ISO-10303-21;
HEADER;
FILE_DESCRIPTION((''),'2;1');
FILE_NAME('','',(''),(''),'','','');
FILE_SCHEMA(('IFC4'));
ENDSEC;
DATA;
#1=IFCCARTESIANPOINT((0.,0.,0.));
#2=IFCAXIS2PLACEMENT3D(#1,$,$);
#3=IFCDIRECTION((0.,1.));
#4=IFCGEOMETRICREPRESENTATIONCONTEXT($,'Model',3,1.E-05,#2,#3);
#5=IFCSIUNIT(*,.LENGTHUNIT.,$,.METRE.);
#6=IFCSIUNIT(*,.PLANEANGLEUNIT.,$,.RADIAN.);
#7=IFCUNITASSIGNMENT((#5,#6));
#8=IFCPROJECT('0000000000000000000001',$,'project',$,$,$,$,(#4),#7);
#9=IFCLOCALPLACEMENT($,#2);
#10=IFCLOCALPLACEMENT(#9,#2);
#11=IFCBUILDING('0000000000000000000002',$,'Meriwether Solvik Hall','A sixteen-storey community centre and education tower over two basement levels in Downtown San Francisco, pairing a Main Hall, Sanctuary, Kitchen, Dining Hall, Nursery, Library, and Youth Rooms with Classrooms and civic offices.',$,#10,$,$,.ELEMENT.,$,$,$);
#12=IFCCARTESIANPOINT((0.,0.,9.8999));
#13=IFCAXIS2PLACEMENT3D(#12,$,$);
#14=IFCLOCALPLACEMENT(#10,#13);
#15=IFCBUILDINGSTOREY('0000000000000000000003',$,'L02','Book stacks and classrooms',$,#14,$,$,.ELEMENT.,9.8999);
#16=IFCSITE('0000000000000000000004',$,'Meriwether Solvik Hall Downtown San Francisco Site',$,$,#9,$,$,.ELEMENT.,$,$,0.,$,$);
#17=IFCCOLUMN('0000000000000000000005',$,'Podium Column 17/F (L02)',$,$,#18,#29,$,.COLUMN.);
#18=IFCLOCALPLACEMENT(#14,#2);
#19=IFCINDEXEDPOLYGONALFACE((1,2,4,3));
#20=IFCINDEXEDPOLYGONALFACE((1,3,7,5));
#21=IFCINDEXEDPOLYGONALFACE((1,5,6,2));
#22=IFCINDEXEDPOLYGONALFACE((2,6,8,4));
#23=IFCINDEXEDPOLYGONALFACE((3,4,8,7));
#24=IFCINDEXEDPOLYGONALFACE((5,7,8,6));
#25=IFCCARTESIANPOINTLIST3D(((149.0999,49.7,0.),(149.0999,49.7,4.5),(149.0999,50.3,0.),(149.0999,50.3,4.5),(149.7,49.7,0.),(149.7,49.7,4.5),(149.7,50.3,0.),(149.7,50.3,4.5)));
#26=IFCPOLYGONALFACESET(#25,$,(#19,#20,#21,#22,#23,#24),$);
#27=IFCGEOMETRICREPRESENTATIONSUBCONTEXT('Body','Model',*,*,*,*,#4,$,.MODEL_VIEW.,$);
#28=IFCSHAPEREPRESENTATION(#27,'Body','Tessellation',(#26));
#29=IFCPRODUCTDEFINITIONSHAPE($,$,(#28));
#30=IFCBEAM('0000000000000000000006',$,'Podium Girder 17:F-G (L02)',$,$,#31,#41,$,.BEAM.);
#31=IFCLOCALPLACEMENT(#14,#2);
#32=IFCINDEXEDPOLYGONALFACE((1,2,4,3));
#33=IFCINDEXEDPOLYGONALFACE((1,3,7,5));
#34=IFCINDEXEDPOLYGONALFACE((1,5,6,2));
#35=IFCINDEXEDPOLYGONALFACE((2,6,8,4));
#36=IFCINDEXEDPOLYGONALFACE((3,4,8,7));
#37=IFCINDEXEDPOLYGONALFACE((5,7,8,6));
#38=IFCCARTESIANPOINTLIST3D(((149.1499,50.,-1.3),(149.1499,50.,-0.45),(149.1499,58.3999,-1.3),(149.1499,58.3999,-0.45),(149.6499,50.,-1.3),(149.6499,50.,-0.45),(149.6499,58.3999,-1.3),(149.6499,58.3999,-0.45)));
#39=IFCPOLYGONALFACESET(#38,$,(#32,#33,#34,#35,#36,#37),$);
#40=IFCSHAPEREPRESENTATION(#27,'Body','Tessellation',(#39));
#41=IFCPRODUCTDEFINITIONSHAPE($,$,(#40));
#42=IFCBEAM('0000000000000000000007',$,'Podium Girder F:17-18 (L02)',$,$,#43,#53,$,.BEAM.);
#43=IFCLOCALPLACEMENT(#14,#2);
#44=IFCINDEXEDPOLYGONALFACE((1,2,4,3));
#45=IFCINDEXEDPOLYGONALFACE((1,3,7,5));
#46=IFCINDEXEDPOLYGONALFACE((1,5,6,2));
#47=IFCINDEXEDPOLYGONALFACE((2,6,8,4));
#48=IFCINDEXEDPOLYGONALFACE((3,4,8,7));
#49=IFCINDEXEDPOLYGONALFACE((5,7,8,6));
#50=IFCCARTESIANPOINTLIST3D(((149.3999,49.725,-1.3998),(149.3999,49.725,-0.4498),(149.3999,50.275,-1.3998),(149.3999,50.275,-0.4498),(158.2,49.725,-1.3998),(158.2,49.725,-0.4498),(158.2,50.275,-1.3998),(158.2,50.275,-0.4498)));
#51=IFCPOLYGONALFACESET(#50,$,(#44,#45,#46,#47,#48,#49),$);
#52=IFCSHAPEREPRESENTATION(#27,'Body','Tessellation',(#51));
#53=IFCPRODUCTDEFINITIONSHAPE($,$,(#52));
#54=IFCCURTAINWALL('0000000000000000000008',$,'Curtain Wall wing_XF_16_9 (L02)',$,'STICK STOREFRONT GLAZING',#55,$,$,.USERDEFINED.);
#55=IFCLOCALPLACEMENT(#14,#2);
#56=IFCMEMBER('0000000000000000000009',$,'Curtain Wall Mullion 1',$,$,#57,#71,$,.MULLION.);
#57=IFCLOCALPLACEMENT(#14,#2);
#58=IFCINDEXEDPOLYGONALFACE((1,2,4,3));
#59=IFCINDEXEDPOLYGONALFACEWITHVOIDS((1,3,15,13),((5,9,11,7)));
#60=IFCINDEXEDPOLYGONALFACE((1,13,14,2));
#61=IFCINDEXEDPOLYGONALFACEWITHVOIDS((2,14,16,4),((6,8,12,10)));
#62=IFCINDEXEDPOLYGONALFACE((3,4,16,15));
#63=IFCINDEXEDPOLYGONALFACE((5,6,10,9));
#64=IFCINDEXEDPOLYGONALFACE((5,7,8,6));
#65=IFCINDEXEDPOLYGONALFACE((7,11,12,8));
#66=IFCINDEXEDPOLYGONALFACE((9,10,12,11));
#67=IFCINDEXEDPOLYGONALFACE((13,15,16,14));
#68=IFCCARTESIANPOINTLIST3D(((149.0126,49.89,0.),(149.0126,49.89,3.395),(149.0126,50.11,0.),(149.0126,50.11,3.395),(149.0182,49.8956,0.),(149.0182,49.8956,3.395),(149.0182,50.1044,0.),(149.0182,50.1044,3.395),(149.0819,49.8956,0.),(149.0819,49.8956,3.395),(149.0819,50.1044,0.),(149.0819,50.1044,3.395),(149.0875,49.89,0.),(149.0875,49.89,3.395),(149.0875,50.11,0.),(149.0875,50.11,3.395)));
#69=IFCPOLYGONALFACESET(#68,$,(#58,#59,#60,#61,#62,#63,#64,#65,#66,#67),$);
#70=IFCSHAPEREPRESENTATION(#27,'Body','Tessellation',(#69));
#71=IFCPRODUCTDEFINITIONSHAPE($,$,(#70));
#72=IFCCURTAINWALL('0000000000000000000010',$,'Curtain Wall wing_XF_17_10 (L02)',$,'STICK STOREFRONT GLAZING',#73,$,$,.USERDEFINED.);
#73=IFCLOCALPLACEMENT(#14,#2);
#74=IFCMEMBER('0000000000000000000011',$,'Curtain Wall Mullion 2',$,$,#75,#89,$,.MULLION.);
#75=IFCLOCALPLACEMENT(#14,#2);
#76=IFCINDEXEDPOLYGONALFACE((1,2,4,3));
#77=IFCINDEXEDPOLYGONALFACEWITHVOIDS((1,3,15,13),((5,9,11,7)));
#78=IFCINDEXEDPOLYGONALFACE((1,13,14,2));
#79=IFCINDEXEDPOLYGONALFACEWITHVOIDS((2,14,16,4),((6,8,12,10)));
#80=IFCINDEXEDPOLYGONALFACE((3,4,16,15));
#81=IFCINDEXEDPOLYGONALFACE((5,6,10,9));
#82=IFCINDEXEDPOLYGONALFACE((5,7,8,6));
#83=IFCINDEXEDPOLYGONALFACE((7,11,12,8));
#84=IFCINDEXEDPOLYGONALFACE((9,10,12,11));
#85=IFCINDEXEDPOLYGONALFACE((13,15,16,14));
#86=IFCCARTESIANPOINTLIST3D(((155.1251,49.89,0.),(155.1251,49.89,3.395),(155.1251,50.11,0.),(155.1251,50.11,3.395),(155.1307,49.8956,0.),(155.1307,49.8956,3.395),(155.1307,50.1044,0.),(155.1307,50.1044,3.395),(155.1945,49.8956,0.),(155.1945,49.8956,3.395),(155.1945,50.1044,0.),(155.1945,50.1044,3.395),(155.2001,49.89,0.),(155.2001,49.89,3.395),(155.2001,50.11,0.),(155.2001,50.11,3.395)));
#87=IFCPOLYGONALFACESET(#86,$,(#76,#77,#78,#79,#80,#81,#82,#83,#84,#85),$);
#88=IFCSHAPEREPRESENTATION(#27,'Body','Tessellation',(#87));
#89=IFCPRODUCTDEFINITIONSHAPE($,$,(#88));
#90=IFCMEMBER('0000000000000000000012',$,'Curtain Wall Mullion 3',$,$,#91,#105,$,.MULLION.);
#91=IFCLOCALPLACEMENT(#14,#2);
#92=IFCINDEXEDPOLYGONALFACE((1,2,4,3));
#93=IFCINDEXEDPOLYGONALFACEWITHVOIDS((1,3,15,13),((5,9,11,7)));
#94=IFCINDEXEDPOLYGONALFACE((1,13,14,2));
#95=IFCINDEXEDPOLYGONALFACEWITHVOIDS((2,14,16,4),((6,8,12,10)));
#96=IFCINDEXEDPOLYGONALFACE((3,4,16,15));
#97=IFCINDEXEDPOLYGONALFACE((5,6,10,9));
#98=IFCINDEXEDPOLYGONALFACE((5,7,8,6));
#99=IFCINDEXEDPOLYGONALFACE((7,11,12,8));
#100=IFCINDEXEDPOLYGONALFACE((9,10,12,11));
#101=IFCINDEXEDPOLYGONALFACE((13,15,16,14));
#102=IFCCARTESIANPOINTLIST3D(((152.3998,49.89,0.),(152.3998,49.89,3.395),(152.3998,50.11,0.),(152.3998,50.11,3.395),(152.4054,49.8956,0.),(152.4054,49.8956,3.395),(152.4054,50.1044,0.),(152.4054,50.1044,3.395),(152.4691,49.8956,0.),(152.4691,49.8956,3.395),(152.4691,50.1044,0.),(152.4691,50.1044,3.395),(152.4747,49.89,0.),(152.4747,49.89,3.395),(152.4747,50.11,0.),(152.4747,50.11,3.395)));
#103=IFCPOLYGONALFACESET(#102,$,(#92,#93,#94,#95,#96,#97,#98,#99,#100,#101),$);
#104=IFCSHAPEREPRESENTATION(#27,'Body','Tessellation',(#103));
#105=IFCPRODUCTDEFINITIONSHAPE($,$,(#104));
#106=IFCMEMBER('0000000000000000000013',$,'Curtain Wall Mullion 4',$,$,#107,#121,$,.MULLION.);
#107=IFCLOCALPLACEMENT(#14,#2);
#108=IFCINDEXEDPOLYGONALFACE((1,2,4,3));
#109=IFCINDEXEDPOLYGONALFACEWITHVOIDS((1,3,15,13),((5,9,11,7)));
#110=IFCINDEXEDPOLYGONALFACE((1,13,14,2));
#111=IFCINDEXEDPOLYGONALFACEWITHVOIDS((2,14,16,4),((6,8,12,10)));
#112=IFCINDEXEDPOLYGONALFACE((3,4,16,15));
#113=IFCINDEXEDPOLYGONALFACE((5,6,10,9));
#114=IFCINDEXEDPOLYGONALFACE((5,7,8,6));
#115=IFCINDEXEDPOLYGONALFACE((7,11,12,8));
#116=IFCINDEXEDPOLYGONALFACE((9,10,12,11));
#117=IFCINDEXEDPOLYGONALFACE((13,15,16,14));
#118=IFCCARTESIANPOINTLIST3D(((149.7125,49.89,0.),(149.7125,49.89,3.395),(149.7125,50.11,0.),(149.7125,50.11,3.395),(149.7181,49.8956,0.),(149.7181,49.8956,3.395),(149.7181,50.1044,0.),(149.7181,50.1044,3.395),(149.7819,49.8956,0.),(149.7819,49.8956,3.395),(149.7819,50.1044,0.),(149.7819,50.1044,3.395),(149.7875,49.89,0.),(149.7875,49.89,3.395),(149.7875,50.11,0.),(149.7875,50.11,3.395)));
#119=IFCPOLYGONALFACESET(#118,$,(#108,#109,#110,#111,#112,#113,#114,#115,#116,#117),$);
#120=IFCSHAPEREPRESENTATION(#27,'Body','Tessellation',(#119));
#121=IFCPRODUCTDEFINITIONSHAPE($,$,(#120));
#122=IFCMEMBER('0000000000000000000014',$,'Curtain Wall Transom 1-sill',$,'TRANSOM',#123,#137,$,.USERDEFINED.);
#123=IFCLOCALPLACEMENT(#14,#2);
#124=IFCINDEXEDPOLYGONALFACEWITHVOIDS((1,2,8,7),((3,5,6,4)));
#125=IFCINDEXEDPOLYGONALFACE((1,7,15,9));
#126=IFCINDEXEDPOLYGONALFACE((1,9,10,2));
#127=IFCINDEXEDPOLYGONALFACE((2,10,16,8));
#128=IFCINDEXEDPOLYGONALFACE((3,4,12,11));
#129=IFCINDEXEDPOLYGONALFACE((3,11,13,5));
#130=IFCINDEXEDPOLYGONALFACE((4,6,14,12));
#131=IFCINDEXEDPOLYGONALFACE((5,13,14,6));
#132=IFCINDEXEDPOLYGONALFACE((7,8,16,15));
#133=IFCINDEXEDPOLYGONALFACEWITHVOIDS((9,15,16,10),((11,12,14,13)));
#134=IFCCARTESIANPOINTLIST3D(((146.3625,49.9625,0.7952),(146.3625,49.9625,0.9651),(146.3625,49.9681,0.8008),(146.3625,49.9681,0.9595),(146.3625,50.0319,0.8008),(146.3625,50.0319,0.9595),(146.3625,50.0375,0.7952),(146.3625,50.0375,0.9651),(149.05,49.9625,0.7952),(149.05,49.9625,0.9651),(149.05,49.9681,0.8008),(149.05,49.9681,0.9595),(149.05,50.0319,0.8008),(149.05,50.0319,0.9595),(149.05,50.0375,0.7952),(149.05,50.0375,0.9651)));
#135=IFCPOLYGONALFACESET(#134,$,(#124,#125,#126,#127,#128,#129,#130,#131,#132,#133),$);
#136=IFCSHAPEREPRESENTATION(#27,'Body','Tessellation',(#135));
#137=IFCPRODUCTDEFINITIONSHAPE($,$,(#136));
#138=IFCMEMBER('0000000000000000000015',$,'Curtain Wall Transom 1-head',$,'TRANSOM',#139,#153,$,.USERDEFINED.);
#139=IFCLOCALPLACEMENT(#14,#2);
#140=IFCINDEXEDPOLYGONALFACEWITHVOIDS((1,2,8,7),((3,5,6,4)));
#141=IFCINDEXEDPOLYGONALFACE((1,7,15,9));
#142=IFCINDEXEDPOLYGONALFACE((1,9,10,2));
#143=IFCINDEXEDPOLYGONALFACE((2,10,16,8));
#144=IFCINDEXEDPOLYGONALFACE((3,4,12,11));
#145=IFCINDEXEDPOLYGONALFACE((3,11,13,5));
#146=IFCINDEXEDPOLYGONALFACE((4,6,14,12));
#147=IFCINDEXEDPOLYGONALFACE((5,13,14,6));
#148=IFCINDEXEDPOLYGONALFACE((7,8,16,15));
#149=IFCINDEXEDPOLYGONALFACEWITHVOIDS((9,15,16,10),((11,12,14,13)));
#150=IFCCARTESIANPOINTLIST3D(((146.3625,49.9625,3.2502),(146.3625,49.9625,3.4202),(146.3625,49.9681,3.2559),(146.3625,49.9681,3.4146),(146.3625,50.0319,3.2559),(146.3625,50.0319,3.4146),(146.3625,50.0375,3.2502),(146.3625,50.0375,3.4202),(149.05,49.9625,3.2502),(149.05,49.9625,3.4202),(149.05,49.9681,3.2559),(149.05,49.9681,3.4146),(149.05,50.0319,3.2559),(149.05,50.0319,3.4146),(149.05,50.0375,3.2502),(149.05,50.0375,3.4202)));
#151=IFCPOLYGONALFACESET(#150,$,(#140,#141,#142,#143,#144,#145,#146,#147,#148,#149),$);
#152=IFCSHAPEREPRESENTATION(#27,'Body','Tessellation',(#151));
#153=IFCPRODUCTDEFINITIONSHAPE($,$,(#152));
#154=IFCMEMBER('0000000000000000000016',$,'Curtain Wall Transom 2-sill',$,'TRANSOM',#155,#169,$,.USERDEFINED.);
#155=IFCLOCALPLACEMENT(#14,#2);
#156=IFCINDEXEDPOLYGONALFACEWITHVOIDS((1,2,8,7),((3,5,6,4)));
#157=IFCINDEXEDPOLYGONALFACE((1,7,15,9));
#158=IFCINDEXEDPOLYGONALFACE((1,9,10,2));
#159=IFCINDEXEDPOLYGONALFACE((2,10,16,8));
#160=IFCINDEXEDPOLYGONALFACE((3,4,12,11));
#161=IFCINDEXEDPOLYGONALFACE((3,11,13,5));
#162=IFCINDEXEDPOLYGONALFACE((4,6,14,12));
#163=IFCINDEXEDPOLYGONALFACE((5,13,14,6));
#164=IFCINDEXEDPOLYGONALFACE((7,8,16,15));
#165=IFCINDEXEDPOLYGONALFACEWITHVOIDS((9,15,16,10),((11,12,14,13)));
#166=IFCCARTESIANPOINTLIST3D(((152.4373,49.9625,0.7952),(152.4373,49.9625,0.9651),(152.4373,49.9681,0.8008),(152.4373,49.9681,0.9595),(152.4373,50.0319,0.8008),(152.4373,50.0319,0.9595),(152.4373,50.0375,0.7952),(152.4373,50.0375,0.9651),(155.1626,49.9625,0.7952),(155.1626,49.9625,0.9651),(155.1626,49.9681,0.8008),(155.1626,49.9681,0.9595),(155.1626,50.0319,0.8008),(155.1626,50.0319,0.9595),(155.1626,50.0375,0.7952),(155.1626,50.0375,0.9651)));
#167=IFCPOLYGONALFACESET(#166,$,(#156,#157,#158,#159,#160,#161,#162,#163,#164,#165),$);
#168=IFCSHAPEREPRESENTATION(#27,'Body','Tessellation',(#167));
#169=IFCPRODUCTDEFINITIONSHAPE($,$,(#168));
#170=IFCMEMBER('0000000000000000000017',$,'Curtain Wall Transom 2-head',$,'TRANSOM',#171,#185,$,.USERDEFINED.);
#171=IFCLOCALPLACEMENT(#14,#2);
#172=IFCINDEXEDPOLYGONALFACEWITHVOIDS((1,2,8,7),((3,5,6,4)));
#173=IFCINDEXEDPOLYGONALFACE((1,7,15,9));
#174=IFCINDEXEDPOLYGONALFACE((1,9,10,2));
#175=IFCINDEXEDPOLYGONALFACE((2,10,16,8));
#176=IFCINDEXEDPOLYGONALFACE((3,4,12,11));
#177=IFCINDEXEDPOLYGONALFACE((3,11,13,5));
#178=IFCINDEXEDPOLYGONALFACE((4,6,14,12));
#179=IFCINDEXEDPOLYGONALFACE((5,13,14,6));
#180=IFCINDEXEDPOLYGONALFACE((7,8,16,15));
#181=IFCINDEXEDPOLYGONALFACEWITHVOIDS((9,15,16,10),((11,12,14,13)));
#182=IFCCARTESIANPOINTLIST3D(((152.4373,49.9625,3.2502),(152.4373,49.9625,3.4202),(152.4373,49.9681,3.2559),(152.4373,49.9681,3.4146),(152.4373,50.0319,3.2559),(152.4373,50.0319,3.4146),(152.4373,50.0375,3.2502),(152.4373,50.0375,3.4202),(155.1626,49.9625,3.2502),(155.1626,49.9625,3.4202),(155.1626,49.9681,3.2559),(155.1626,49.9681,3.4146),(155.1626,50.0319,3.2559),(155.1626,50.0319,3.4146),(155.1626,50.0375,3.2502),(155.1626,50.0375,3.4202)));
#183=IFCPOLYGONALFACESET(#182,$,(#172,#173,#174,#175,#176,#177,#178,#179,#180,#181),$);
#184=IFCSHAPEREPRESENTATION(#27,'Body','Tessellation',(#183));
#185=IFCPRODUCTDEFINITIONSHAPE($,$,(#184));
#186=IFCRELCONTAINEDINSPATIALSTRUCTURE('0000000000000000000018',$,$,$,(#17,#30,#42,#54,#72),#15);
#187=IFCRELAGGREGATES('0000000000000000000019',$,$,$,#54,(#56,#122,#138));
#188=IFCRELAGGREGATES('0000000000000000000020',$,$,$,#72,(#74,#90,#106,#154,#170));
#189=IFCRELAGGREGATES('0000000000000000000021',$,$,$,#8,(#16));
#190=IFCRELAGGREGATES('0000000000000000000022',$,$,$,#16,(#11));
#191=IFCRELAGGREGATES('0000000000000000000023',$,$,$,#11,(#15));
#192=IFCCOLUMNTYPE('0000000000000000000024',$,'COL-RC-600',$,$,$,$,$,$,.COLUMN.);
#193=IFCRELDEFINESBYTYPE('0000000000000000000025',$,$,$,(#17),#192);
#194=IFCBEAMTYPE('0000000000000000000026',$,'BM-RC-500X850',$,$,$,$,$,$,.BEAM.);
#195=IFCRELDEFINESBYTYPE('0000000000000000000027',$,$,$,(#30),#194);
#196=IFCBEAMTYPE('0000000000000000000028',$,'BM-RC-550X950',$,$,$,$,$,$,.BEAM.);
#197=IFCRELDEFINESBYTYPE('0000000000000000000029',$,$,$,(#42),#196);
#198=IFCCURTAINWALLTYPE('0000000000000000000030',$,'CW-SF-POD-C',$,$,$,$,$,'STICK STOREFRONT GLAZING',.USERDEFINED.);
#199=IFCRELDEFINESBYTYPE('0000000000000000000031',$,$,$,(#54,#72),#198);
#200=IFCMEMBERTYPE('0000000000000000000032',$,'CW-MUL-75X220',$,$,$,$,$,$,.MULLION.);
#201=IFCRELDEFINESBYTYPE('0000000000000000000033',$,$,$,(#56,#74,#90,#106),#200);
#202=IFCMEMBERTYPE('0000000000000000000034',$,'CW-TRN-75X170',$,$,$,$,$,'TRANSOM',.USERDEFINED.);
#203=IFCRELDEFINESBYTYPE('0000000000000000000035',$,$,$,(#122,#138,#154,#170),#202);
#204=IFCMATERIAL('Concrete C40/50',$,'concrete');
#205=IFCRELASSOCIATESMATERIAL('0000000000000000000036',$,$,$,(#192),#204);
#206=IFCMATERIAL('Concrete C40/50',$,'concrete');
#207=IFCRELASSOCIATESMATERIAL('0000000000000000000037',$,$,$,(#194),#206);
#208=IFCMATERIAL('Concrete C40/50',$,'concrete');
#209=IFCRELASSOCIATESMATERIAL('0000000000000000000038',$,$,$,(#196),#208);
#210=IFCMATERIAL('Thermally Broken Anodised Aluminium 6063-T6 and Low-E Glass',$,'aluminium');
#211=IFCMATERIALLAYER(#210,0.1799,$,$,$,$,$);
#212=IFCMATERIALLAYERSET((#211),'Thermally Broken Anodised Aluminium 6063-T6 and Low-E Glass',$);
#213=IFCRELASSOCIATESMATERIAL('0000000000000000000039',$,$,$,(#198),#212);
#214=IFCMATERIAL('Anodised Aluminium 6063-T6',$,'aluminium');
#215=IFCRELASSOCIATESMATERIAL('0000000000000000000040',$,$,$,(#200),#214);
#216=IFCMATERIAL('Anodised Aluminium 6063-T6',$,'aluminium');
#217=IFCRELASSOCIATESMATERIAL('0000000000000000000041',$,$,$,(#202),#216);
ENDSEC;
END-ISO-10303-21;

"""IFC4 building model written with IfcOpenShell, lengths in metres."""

from ifc_helpers import new_model, si_unit, direction, frame, origin, origin_2d, place, context, subcontext, project, spatial, rectangle, hollow_rectangle, extrude, material, layer, layer_set, material_profile, profile_set, type_object, element, aggregate, save


model = new_model("IFC4")

# Units and contexts
model_context = context("Model", 3, precision=1e-05, world=origin(), true_north=direction((0.0, 1.0)))
body_context = subcontext(model_context, "Body", "Model", "MODEL_VIEW")
ifc_project = project(units=[si_unit("LENGTHUNIT", "METRE"), si_unit("PLANEANGLEUNIT", "RADIAN")], contexts=[model_context])

# Site, building, storey
site_placement = place(None, origin())
site = spatial("IfcSite", under=ifc_project, at=site_placement, Name="Meriwether Solvik Hall Downtown San Francisco Site", CompositionType="ELEMENT", RefElevation=0.0)
building_placement = place(site_placement, origin())
building = spatial("IfcBuilding", under=site, at=building_placement, Name="Meriwether Solvik Hall", Description="A sixteen-storey community centre and education tower over two basement levels in Downtown San Francisco, pairing a Main Hall, Sanctuary, Kitchen, Dining Hall, Nursery, Library, and Youth Rooms with Classrooms and civic offices.", CompositionType="ELEMENT")
storey_placement = place(building_placement, frame((0.0, 0.0, 9.8999)))
storey = spatial("IfcBuildingStorey", under=building, at=storey_placement, Name="L02", Description="Book stacks and classrooms", CompositionType="ELEMENT", Elevation=9.8999)

# Column
ifc_material_1 = material(Name="Concrete C40/50", Category="concrete")
ifc_material_profile_1 = material_profile(ifc_material_1, rectangle(XDim=0.6001, YDim=0.6001, at=origin_2d()), Name="RCC-600X600")
ifc_profile_set_1 = profile_set([ifc_material_profile_1], Name="Concrete C40/50")
column_type = type_object("IfcColumnType", Name="COL-RC-600", PredefinedType="COLUMN", material=ifc_profile_set_1)
column_placement = place(storey_placement, frame((149.3999, 50.0, 0.0), z_axis=(0.0, 0.0, 1.0), x_axis=(1.0, 0.0, 0.0)))
element("IfcColumn", 1, at=column_placement, inside=storey, type_object=column_type, Name="Podium Column 17/F (L02)", PredefinedType="COLUMN", context=body_context, shape_type="SweptSolid", body=[
    extrude(rectangle(XDim=0.6001, YDim=0.6001, at=origin_2d()), origin(), (0.0, 0.0, 1.0), 4.5),
])

# Beams
ifc_material_2 = material(Name="Concrete C40/50", Category="concrete")
ifc_material_profile_2 = material_profile(ifc_material_2, rectangle(XDim=0.5, YDim=0.8501, at=origin_2d()), Name="RCB-500X850")
ifc_profile_set_2 = profile_set([ifc_material_profile_2], Name="Concrete C40/50")
beam_type_1 = type_object("IfcBeamType", Name="BM-RC-500X850", PredefinedType="BEAM", material=ifc_profile_set_2)
beam_1_placement = place(storey_placement, frame((149.3999, 50.0, -0.875), z_axis=(0.0, 1.0, 0.0), x_axis=(-1.0, 0.0, 0.0)))
element("IfcBeam", 2, at=beam_1_placement, inside=storey, type_object=beam_type_1, Name="Podium Girder 17:F-G (L02)", PredefinedType="BEAM", context=body_context, shape_type="SweptSolid", body=[
    extrude(rectangle(XDim=0.5, YDim=0.8501, at=origin_2d()), origin(), (0.0, 0.0, 1.0), 8.3999),
])
ifc_material_3 = material(Name="Concrete C40/50", Category="concrete")
ifc_material_profile_3 = material_profile(ifc_material_3, rectangle(XDim=0.55, YDim=0.95, at=origin_2d()), Name="RCB-550X950")
ifc_profile_set_3 = profile_set([ifc_material_profile_3], Name="Concrete C40/50")
beam_type_2 = type_object("IfcBeamType", Name="BM-RC-550X950", PredefinedType="BEAM", material=ifc_profile_set_3)
beam_2_placement = place(storey_placement, frame((149.3999, 50.0, -0.9248), z_axis=(1.0, 0.0, 0.0), x_axis=(0.0, 1.0, 0.0)))
element("IfcBeam", 3, at=beam_2_placement, inside=storey, type_object=beam_type_2, Name="Podium Girder F:17-18 (L02)", PredefinedType="BEAM", context=body_context, shape_type="SweptSolid", body=[
    extrude(rectangle(XDim=0.55, YDim=0.95, at=origin_2d()), origin(), (0.0, 0.0, 1.0), 8.8),
])

# Curtain wall, member
ifc_material_4 = material(Name="Thermally Broken Anodised Aluminium 6063-T6 and Low-E Glass", Category="aluminium")
ifc_layer_1 = layer(ifc_material_4, 0.1799)
ifc_layer_set_1 = layer_set([ifc_layer_1], Name="Thermally Broken Anodised Aluminium 6063-T6 and Low-E Glass")
curtain_wall_type = type_object("IfcCurtainWallType", Name="CW-SF-POD-C", ElementType="STICK STOREFRONT GLAZING", PredefinedType="USERDEFINED", material=ifc_layer_set_1)
curtain_wall_1_placement = place(storey_placement, origin())
curtain_wall_1 = element("IfcCurtainWall", 4, at=curtain_wall_1_placement, inside=storey, type_object=curtain_wall_type, Name="Curtain Wall wing_XF_16_9 (L02)", ObjectType="STICK STOREFRONT GLAZING", PredefinedType="USERDEFINED")
ifc_material_5 = material(Name="Anodised Aluminium 6063-T6", Category="aluminium")
ifc_material_profile_4 = material_profile(ifc_material_5, hollow_rectangle(XDim=0.075, YDim=0.22, WallThickness=0.0056, at=origin_2d()), Name="CWM-75X220")
ifc_profile_set_4 = profile_set([ifc_material_profile_4], Name="Anodised Aluminium 6063-T6")
member_type_1 = type_object("IfcMemberType", Name="CW-MUL-75X220", PredefinedType="MULLION", material=ifc_profile_set_4)
member_1_placement = place(storey_placement, frame((149.05, 50.0, 0.0), z_axis=(0.0, 0.0, 1.0), x_axis=(-1.0, 0.0, 0.0)))
member_1 = element("IfcMember", 5, at=member_1_placement, type_object=member_type_1, Name="Curtain Wall Mullion 1", PredefinedType="MULLION", context=body_context, shape_type="SweptSolid", body=[
    extrude(hollow_rectangle(XDim=0.075, YDim=0.22, WallThickness=0.0056, at=origin_2d()), origin(), (0.0, 0.0, 1.0), 3.395),
])

# Curtain wall, members
curtain_wall_2_placement = place(storey_placement, origin())
curtain_wall_2 = element("IfcCurtainWall", 6, at=curtain_wall_2_placement, inside=storey, type_object=curtain_wall_type, Name="Curtain Wall wing_XF_17_10 (L02)", ObjectType="STICK STOREFRONT GLAZING", PredefinedType="USERDEFINED")
member_2_placement = place(storey_placement, frame((155.1626, 50.0, 0.0), z_axis=(0.0, 0.0, 1.0), x_axis=(-1.0, 0.0, 0.0)))
member_2 = element("IfcMember", 7, at=member_2_placement, type_object=member_type_1, Name="Curtain Wall Mullion 2", PredefinedType="MULLION", context=body_context, shape_type="SweptSolid", body=[
    extrude(hollow_rectangle(XDim=0.075, YDim=0.22, WallThickness=0.0056, at=origin_2d()), origin(), (0.0, 0.0, 1.0), 3.395),
])
member_3_placement = place(storey_placement, frame((152.4373, 50.0, 0.0), z_axis=(0.0, 0.0, 1.0), x_axis=(-1.0, 0.0, 0.0)))
member_3 = element("IfcMember", 8, at=member_3_placement, type_object=member_type_1, Name="Curtain Wall Mullion 3", PredefinedType="MULLION", context=body_context, shape_type="SweptSolid", body=[
    extrude(hollow_rectangle(XDim=0.075, YDim=0.22, WallThickness=0.0056, at=origin_2d()), origin(), (0.0, 0.0, 1.0), 3.395),
])
member_4_placement = place(storey_placement, frame((149.75, 50.0, 0.0), z_axis=(0.0, 0.0, 1.0), x_axis=(-1.0, 0.0, 0.0)))
member_4 = element("IfcMember", 9, at=member_4_placement, type_object=member_type_1, Name="Curtain Wall Mullion 4", PredefinedType="MULLION", context=body_context, shape_type="SweptSolid", body=[
    extrude(hollow_rectangle(XDim=0.075, YDim=0.22, WallThickness=0.0056, at=origin_2d()), origin(), (0.0, 0.0, 1.0), 3.395),
])

# Members
ifc_material_6 = material(Name="Anodised Aluminium 6063-T6", Category="aluminium")
ifc_material_profile_5 = material_profile(ifc_material_6, hollow_rectangle(XDim=0.075, YDim=0.1699, WallThickness=0.0056, at=origin_2d()), Name="CWT-75X170")
ifc_profile_set_5 = profile_set([ifc_material_profile_5], Name="Anodised Aluminium 6063-T6")
member_type_2 = type_object("IfcMemberType", Name="CW-TRN-75X170", ElementType="TRANSOM", PredefinedType="USERDEFINED", material=ifc_profile_set_5)
member_5_placement = place(storey_placement, frame((149.05, 50.0, 0.8801), z_axis=(-1.0, 0.0, 0.0), x_axis=(0.0, -1.0, 0.0)))
member_5 = element("IfcMember", 10, at=member_5_placement, type_object=member_type_2, Name="Curtain Wall Transom 1-sill", ObjectType="TRANSOM", PredefinedType="USERDEFINED", context=body_context, shape_type="SweptSolid", body=[
    extrude(hollow_rectangle(XDim=0.075, YDim=0.1699, WallThickness=0.0056, at=origin_2d()), origin(), (0.0, 0.0, 1.0), 2.6875),
])
member_6_placement = place(storey_placement, frame((149.05, 50.0, 3.3352), z_axis=(-1.0, 0.0, 0.0), x_axis=(0.0, -1.0, 0.0)))
member_6 = element("IfcMember", 11, at=member_6_placement, type_object=member_type_2, Name="Curtain Wall Transom 1-head", ObjectType="TRANSOM", PredefinedType="USERDEFINED", context=body_context, shape_type="SweptSolid", body=[
    extrude(hollow_rectangle(XDim=0.075, YDim=0.1699, WallThickness=0.0056, at=origin_2d()), origin(), (0.0, 0.0, 1.0), 2.6875),
])
member_7_placement = place(storey_placement, frame((155.1626, 50.0, 0.8801), z_axis=(-1.0, 0.0, 0.0), x_axis=(0.0, -1.0, 0.0)))
member_7 = element("IfcMember", 12, at=member_7_placement, type_object=member_type_2, Name="Curtain Wall Transom 2-sill", ObjectType="TRANSOM", PredefinedType="USERDEFINED", context=body_context, shape_type="SweptSolid", body=[
    extrude(hollow_rectangle(XDim=0.075, YDim=0.1699, WallThickness=0.0056, at=origin_2d()), origin(), (0.0, 0.0, 1.0), 2.7253),
])
member_8_placement = place(storey_placement, frame((155.1626, 50.0, 3.3352), z_axis=(-1.0, 0.0, 0.0), x_axis=(0.0, -1.0, 0.0)))
member_8 = element("IfcMember", 13, at=member_8_placement, type_object=member_type_2, Name="Curtain Wall Transom 2-head", ObjectType="TRANSOM", PredefinedType="USERDEFINED", context=body_context, shape_type="SweptSolid", body=[
    extrude(hollow_rectangle(XDim=0.075, YDim=0.1699, WallThickness=0.0056, at=origin_2d()), origin(), (0.0, 0.0, 1.0), 2.7253),
])

aggregate(curtain_wall_1, [member_1, member_5, member_6])
aggregate(curtain_wall_2, [member_2, member_3, member_4, member_7, member_8])

save(model, "model.ifc")
